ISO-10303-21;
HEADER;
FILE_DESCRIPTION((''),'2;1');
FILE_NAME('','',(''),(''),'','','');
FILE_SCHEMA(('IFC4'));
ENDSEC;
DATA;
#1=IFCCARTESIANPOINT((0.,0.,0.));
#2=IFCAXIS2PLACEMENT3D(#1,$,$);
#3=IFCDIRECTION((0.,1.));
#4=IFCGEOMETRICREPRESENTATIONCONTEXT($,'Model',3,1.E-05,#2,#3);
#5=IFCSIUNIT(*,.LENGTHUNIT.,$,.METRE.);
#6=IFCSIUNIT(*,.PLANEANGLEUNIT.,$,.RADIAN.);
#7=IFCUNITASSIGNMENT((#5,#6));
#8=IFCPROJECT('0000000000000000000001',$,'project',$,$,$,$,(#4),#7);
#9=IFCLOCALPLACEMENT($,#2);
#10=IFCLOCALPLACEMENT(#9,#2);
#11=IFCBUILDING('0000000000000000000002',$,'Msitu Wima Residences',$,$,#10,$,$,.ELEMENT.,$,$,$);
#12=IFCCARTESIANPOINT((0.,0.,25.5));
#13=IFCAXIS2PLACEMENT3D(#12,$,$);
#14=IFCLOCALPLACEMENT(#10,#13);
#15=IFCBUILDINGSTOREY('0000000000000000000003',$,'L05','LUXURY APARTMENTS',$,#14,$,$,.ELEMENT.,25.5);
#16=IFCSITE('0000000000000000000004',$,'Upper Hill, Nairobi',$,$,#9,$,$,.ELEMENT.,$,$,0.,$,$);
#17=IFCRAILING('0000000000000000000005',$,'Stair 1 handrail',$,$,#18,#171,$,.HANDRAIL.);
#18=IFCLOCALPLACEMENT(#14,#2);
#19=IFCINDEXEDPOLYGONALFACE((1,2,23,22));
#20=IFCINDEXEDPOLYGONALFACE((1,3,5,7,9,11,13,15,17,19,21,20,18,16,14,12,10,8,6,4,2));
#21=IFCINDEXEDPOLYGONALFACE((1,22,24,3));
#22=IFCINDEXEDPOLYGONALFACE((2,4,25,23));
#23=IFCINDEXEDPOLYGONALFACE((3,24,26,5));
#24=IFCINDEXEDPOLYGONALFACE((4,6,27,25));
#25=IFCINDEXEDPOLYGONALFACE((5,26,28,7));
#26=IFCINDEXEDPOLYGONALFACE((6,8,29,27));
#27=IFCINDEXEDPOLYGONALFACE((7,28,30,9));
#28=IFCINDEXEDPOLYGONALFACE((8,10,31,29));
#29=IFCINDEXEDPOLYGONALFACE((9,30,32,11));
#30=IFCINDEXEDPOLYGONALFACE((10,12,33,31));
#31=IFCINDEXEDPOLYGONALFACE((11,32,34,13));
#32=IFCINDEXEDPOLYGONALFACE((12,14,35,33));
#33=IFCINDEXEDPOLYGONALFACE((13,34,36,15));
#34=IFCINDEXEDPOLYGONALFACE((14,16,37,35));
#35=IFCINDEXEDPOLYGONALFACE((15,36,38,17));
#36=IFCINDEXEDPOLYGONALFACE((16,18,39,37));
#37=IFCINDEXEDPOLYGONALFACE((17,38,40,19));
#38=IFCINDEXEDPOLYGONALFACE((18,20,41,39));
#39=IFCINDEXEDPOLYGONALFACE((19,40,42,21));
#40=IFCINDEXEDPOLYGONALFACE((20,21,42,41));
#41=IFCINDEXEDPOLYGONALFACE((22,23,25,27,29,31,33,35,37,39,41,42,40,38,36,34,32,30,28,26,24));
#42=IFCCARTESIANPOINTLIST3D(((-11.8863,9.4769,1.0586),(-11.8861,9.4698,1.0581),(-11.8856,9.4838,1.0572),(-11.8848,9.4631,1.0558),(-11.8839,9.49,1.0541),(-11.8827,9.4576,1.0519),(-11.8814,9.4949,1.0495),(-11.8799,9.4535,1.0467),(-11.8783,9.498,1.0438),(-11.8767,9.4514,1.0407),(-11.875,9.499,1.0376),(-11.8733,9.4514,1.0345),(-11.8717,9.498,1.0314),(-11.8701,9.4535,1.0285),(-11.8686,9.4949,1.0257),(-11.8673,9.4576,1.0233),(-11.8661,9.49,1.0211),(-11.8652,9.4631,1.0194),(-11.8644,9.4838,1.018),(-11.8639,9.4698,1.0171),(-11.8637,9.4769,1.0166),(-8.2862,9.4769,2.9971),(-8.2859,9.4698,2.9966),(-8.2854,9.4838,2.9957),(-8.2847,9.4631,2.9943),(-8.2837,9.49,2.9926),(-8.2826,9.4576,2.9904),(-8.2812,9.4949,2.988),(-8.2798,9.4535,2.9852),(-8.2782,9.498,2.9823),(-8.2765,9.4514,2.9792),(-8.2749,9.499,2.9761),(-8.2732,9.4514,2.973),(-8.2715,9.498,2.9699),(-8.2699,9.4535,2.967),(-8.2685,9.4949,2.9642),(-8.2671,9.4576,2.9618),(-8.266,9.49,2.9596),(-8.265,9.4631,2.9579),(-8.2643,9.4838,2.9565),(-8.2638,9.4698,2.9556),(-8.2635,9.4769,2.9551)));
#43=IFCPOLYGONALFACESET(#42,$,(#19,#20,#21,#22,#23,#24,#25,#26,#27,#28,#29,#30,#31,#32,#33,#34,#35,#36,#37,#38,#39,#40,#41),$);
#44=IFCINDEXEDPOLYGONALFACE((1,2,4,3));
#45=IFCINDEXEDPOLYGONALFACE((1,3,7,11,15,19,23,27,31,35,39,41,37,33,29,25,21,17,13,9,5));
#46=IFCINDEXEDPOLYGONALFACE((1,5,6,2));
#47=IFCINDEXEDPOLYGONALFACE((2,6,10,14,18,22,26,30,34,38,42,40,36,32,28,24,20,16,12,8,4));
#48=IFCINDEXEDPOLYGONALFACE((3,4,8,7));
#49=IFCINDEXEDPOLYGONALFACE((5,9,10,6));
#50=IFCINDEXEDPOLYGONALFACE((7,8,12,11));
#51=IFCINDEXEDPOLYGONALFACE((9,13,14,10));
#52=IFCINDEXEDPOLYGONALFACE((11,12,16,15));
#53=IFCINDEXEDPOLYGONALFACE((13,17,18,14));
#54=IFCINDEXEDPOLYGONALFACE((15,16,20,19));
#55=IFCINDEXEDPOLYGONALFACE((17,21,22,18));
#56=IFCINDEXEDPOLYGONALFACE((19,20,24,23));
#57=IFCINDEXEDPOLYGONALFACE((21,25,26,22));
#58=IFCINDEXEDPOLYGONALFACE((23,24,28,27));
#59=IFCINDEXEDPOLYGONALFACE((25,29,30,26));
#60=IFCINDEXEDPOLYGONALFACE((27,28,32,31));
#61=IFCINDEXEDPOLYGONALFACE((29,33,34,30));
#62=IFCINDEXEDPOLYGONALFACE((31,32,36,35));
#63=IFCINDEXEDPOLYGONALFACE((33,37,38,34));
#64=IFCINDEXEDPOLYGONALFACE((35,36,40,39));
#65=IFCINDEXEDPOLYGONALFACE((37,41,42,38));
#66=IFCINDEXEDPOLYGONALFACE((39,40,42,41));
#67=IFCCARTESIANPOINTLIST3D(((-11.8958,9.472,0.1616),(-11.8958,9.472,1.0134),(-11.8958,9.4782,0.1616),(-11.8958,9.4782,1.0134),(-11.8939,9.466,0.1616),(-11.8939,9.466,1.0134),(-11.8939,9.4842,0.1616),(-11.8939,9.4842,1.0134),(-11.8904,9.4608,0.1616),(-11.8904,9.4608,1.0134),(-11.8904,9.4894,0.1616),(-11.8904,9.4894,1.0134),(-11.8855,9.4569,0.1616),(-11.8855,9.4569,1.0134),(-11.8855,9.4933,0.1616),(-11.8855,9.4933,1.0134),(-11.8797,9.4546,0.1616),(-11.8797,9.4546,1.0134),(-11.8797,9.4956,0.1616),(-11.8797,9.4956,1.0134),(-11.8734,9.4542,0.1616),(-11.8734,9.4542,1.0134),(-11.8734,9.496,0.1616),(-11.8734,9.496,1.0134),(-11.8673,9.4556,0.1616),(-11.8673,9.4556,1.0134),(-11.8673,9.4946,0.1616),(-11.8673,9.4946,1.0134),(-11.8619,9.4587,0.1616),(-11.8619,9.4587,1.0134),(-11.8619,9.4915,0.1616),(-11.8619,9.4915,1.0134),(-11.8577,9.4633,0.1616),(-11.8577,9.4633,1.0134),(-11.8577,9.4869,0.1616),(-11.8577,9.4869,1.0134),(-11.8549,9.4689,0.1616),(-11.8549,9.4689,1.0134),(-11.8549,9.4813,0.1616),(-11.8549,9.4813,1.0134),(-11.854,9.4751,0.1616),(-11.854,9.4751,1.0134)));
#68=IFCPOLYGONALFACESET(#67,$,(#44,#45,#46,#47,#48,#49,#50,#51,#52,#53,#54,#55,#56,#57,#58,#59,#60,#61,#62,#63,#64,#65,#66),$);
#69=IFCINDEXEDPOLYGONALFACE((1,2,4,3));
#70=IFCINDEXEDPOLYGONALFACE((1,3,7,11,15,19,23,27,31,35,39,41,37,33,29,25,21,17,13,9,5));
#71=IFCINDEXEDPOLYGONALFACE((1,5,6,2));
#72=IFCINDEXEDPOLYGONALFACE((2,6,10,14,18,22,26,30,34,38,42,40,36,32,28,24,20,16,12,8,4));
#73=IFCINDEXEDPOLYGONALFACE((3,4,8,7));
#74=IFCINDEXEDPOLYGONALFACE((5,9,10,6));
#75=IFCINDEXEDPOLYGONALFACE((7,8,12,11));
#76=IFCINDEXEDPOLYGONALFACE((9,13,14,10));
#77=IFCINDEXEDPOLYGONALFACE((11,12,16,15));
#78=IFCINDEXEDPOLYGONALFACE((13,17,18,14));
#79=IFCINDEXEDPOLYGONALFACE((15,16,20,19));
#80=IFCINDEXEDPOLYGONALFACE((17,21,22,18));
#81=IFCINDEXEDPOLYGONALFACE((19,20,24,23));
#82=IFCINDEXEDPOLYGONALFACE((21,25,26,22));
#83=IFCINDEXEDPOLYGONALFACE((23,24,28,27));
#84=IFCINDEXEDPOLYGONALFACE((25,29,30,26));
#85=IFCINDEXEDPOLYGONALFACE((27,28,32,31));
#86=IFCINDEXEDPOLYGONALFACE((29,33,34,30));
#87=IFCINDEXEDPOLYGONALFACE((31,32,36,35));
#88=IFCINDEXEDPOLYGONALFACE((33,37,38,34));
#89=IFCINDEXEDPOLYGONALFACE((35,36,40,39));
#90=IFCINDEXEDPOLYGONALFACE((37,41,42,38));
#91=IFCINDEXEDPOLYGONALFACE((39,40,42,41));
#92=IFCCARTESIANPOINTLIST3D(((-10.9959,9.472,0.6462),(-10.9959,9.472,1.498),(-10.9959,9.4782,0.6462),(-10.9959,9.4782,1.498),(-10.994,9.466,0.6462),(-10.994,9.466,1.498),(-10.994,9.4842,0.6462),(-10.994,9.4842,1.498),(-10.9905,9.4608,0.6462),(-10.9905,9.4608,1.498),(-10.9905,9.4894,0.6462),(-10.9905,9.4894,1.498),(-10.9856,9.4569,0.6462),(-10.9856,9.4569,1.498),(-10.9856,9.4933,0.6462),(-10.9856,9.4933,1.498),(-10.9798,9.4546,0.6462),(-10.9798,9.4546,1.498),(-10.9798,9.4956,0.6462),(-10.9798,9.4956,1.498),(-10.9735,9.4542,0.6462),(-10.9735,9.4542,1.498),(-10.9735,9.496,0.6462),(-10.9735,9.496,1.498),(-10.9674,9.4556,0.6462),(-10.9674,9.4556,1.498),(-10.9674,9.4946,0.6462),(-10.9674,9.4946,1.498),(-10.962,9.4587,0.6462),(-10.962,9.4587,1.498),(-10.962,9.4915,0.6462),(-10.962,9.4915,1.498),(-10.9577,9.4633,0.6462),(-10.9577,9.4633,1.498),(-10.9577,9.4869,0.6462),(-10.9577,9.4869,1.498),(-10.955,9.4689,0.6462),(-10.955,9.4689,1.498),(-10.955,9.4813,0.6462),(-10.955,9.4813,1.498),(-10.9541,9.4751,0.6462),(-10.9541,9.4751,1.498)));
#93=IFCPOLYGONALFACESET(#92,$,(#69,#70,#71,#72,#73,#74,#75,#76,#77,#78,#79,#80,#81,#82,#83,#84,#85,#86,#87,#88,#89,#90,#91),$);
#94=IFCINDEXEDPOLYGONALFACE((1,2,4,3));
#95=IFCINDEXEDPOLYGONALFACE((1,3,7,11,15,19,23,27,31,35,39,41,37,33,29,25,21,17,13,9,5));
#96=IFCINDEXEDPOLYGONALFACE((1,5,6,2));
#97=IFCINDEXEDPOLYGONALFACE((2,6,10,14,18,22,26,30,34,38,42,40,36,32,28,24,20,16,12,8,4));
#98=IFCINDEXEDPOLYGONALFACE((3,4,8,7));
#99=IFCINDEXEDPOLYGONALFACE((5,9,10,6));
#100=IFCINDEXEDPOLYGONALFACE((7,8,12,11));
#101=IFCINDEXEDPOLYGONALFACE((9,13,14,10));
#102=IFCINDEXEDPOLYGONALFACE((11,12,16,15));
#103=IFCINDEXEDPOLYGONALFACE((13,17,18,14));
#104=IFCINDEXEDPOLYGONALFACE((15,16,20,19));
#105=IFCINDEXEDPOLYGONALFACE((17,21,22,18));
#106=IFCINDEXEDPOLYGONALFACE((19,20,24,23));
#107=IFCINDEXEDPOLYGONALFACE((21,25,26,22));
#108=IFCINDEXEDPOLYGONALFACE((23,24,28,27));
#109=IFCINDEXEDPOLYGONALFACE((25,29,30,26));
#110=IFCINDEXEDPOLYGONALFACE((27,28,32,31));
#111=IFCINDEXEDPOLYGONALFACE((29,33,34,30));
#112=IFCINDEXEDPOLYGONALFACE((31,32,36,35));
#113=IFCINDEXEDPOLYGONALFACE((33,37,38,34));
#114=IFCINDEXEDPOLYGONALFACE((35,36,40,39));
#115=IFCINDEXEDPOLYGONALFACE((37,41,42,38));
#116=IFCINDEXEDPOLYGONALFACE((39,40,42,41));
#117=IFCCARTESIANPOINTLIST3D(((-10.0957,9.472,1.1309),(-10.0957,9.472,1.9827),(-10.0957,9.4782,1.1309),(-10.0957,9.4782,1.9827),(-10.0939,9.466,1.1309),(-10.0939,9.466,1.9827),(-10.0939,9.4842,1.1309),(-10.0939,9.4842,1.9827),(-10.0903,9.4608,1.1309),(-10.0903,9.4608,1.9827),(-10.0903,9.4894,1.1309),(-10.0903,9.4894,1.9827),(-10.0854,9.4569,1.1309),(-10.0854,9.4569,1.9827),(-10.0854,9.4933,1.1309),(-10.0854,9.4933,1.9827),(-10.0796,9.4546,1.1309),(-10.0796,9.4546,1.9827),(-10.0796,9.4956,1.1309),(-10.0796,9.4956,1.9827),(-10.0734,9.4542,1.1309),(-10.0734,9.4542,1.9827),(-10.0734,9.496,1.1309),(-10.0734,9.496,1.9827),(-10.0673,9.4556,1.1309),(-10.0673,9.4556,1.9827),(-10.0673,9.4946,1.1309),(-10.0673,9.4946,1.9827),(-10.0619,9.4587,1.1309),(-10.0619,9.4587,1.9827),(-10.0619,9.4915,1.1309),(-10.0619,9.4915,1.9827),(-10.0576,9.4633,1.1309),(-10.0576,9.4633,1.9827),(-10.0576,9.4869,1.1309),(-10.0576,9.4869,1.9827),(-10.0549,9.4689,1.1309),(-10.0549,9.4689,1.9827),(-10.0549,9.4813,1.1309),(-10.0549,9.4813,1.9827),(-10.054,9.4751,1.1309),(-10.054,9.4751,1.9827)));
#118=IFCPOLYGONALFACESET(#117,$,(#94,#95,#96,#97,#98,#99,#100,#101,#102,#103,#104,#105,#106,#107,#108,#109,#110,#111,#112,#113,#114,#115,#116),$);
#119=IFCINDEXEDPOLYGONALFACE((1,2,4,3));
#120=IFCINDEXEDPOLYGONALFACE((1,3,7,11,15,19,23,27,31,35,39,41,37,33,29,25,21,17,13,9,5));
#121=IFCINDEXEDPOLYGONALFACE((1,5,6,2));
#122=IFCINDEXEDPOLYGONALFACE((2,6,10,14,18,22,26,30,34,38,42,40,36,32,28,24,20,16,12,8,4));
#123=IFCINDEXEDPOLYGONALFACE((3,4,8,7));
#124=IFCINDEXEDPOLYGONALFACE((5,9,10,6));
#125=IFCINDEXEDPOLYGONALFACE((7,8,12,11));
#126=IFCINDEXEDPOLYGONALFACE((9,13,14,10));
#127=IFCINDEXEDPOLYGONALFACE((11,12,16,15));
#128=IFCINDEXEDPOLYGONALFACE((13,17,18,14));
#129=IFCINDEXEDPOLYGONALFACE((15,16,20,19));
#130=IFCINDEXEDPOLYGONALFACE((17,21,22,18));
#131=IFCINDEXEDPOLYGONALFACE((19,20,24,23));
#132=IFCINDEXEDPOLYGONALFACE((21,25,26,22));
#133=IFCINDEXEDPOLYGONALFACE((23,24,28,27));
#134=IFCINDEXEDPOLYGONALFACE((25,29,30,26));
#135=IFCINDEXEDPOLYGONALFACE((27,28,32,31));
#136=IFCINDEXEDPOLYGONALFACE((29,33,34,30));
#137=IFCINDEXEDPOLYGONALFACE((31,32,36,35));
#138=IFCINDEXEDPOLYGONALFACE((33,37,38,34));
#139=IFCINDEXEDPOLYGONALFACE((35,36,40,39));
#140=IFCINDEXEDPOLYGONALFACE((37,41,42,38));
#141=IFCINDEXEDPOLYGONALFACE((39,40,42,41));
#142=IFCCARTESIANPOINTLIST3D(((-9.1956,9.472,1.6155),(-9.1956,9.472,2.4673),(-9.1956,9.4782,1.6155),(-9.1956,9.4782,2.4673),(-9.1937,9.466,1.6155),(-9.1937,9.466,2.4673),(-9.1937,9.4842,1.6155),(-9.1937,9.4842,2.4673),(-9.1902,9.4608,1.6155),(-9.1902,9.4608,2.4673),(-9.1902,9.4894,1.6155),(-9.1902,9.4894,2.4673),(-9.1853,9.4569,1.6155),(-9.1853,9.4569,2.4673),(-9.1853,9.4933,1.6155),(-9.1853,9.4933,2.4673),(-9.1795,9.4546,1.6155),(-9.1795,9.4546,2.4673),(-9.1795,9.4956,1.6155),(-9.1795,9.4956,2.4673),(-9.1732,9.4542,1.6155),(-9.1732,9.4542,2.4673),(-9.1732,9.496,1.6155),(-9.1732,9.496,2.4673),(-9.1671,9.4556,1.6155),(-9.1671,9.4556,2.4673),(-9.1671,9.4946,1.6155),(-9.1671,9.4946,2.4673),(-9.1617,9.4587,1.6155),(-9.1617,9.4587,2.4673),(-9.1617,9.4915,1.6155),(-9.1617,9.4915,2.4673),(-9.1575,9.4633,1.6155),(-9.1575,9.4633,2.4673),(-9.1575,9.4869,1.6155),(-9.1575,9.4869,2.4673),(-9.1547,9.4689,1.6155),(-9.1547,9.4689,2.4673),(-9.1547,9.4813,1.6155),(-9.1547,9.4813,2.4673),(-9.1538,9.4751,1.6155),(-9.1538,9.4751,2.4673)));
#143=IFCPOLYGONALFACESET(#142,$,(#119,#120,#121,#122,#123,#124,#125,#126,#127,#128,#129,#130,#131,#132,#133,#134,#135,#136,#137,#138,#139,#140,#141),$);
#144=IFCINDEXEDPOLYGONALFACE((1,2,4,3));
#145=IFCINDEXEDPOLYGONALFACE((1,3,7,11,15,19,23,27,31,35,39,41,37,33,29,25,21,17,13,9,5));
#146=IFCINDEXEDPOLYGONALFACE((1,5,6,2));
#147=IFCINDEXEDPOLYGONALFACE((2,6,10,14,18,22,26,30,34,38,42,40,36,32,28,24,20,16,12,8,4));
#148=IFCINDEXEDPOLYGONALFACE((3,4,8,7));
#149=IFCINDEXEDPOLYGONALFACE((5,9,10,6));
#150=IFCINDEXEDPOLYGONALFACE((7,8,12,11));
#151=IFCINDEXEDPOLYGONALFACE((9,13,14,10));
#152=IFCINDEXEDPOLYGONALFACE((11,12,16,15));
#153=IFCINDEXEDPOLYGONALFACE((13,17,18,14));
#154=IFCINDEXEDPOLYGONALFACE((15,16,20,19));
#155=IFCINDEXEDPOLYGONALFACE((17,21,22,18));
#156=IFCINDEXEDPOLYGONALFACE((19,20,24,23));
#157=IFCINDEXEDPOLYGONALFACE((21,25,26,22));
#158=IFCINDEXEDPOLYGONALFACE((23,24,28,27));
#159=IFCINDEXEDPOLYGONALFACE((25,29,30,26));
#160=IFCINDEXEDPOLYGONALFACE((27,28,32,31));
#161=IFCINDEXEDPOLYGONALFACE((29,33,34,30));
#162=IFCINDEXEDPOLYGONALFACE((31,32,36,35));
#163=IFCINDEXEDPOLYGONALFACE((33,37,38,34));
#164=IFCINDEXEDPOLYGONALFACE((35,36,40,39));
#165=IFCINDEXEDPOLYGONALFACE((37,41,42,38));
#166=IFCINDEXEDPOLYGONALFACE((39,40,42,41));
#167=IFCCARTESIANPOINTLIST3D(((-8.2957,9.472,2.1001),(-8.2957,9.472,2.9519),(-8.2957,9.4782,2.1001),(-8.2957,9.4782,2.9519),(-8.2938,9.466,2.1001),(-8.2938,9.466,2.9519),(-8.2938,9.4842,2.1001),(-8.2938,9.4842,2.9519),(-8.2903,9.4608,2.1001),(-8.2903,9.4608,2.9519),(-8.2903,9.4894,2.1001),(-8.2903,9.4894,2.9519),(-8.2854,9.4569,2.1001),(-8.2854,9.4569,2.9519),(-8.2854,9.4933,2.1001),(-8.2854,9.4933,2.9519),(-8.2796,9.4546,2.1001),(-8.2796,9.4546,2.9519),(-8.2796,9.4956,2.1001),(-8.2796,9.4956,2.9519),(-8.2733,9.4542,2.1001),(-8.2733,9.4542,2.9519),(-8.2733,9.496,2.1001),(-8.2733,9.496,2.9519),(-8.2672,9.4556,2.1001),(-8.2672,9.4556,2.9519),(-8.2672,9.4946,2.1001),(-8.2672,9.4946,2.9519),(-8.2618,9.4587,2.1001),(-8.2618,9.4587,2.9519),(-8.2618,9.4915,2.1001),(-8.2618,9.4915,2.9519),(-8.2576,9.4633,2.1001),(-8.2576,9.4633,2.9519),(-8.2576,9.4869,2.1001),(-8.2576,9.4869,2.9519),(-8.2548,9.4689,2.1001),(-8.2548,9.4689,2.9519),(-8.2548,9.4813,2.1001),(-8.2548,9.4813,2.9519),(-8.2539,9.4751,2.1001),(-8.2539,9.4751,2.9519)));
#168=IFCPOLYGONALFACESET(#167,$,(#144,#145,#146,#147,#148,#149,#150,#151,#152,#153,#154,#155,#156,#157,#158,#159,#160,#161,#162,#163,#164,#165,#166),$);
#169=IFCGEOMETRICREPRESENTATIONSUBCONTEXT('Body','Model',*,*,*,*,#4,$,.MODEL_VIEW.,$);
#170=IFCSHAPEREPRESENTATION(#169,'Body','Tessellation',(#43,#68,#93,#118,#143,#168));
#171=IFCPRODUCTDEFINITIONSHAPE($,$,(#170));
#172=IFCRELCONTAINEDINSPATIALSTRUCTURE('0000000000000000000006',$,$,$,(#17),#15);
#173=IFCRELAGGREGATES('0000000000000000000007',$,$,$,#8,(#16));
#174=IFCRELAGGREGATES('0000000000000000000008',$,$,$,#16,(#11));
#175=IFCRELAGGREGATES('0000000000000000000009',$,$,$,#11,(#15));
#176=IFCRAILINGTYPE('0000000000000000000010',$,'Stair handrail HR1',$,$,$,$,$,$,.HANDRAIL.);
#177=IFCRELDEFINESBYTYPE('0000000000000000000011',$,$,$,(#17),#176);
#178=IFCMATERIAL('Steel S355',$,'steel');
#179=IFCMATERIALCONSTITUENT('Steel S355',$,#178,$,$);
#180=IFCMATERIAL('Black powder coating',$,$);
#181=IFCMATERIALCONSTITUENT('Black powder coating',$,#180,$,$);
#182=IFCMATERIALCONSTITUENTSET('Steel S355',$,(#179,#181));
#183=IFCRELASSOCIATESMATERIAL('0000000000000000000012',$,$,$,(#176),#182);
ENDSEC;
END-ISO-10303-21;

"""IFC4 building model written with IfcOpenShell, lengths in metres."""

from ifc_helpers import new_model, si_unit, direction, frame, origin, origin_2d, place, context, subcontext, project, spatial, circle, extrude, material, constituent, constituent_set, type_object, element, save


model = new_model("IFC4")

# Units and contexts
model_context = context("Model", 3, precision=1e-05, world=origin(), true_north=direction((0.0, 1.0)))
body_context = subcontext(model_context, "Body", "Model", "MODEL_VIEW")
ifc_project = project(units=[si_unit("LENGTHUNIT", "METRE"), si_unit("PLANEANGLEUNIT", "RADIAN")], contexts=[model_context])

# Site, building, storey
site_placement = place(None, origin())
site = spatial("IfcSite", under=ifc_project, at=site_placement, Name="Upper Hill, Nairobi", CompositionType="ELEMENT", RefElevation=0.0)
building_placement = place(site_placement, origin())
building = spatial("IfcBuilding", under=site, at=building_placement, Name="Msitu Wima Residences", CompositionType="ELEMENT")
storey_placement = place(building_placement, frame((0.0, 0.0, 25.5)))
storey = spatial("IfcBuildingStorey", under=building, at=storey_placement, Name="L05", Description="LUXURY APARTMENTS", CompositionType="ELEMENT", Elevation=25.5)

# Railing
ifc_material_1 = material(Name="Steel S355", Category="steel")
ifc_constituent_1 = constituent(ifc_material_1, Name="Steel S355")
ifc_material_2 = material(Name="Black powder coating")
ifc_constituent_2 = constituent(ifc_material_2, Name="Black powder coating")
ifc_constituent_set = constituent_set(constituents=[ifc_constituent_1, ifc_constituent_2], Name="Steel S355")
railing_type = type_object("IfcRailingType", Name="Stair handrail HR1", PredefinedType="HANDRAIL", material=ifc_constituent_set)
for number, where, name in (
    (1, (-11.875, 9.4751, 0.1616), "Stair 1 handrail"),
):
    element("IfcRailing", number, at=place(storey_placement, frame(where)), inside=storey, type_object=railing_type, Name=name, PredefinedType="HANDRAIL", context=body_context, shape_type="SweptSolid", body=[
        extrude(circle(Radius=0.0239, at=origin_2d()), frame((0.0, 0.0, 0.876), z_axis=(0.880475, 0.0, 0.474093), x_axis=(0.0, 1.0, 0.0)), (0.0, 0.0, 1.0), 4.0889),
        extrude(circle(Radius=0.021, at=origin_2d()), origin(), (0.0, 0.0, 1.0), 0.8518),
        extrude(circle(Radius=0.021, at=origin_2d()), frame((0.8999, 0.0, 0.4846)), (0.0, 0.0, 1.0), 0.8518),
        extrude(circle(Radius=0.021, at=origin_2d()), frame((1.8, 0.0, 0.9692)), (0.0, 0.0, 1.0), 0.8518),
        extrude(circle(Radius=0.021, at=origin_2d()), frame((2.7002, 0.0, 1.4539)), (0.0, 0.0, 1.0), 0.8518),
        extrude(circle(Radius=0.021, at=origin_2d()), frame((3.6001, 0.0, 1.9385)), (0.0, 0.0, 1.0), 0.8518),
    ])

save(model, "model.ifc")
